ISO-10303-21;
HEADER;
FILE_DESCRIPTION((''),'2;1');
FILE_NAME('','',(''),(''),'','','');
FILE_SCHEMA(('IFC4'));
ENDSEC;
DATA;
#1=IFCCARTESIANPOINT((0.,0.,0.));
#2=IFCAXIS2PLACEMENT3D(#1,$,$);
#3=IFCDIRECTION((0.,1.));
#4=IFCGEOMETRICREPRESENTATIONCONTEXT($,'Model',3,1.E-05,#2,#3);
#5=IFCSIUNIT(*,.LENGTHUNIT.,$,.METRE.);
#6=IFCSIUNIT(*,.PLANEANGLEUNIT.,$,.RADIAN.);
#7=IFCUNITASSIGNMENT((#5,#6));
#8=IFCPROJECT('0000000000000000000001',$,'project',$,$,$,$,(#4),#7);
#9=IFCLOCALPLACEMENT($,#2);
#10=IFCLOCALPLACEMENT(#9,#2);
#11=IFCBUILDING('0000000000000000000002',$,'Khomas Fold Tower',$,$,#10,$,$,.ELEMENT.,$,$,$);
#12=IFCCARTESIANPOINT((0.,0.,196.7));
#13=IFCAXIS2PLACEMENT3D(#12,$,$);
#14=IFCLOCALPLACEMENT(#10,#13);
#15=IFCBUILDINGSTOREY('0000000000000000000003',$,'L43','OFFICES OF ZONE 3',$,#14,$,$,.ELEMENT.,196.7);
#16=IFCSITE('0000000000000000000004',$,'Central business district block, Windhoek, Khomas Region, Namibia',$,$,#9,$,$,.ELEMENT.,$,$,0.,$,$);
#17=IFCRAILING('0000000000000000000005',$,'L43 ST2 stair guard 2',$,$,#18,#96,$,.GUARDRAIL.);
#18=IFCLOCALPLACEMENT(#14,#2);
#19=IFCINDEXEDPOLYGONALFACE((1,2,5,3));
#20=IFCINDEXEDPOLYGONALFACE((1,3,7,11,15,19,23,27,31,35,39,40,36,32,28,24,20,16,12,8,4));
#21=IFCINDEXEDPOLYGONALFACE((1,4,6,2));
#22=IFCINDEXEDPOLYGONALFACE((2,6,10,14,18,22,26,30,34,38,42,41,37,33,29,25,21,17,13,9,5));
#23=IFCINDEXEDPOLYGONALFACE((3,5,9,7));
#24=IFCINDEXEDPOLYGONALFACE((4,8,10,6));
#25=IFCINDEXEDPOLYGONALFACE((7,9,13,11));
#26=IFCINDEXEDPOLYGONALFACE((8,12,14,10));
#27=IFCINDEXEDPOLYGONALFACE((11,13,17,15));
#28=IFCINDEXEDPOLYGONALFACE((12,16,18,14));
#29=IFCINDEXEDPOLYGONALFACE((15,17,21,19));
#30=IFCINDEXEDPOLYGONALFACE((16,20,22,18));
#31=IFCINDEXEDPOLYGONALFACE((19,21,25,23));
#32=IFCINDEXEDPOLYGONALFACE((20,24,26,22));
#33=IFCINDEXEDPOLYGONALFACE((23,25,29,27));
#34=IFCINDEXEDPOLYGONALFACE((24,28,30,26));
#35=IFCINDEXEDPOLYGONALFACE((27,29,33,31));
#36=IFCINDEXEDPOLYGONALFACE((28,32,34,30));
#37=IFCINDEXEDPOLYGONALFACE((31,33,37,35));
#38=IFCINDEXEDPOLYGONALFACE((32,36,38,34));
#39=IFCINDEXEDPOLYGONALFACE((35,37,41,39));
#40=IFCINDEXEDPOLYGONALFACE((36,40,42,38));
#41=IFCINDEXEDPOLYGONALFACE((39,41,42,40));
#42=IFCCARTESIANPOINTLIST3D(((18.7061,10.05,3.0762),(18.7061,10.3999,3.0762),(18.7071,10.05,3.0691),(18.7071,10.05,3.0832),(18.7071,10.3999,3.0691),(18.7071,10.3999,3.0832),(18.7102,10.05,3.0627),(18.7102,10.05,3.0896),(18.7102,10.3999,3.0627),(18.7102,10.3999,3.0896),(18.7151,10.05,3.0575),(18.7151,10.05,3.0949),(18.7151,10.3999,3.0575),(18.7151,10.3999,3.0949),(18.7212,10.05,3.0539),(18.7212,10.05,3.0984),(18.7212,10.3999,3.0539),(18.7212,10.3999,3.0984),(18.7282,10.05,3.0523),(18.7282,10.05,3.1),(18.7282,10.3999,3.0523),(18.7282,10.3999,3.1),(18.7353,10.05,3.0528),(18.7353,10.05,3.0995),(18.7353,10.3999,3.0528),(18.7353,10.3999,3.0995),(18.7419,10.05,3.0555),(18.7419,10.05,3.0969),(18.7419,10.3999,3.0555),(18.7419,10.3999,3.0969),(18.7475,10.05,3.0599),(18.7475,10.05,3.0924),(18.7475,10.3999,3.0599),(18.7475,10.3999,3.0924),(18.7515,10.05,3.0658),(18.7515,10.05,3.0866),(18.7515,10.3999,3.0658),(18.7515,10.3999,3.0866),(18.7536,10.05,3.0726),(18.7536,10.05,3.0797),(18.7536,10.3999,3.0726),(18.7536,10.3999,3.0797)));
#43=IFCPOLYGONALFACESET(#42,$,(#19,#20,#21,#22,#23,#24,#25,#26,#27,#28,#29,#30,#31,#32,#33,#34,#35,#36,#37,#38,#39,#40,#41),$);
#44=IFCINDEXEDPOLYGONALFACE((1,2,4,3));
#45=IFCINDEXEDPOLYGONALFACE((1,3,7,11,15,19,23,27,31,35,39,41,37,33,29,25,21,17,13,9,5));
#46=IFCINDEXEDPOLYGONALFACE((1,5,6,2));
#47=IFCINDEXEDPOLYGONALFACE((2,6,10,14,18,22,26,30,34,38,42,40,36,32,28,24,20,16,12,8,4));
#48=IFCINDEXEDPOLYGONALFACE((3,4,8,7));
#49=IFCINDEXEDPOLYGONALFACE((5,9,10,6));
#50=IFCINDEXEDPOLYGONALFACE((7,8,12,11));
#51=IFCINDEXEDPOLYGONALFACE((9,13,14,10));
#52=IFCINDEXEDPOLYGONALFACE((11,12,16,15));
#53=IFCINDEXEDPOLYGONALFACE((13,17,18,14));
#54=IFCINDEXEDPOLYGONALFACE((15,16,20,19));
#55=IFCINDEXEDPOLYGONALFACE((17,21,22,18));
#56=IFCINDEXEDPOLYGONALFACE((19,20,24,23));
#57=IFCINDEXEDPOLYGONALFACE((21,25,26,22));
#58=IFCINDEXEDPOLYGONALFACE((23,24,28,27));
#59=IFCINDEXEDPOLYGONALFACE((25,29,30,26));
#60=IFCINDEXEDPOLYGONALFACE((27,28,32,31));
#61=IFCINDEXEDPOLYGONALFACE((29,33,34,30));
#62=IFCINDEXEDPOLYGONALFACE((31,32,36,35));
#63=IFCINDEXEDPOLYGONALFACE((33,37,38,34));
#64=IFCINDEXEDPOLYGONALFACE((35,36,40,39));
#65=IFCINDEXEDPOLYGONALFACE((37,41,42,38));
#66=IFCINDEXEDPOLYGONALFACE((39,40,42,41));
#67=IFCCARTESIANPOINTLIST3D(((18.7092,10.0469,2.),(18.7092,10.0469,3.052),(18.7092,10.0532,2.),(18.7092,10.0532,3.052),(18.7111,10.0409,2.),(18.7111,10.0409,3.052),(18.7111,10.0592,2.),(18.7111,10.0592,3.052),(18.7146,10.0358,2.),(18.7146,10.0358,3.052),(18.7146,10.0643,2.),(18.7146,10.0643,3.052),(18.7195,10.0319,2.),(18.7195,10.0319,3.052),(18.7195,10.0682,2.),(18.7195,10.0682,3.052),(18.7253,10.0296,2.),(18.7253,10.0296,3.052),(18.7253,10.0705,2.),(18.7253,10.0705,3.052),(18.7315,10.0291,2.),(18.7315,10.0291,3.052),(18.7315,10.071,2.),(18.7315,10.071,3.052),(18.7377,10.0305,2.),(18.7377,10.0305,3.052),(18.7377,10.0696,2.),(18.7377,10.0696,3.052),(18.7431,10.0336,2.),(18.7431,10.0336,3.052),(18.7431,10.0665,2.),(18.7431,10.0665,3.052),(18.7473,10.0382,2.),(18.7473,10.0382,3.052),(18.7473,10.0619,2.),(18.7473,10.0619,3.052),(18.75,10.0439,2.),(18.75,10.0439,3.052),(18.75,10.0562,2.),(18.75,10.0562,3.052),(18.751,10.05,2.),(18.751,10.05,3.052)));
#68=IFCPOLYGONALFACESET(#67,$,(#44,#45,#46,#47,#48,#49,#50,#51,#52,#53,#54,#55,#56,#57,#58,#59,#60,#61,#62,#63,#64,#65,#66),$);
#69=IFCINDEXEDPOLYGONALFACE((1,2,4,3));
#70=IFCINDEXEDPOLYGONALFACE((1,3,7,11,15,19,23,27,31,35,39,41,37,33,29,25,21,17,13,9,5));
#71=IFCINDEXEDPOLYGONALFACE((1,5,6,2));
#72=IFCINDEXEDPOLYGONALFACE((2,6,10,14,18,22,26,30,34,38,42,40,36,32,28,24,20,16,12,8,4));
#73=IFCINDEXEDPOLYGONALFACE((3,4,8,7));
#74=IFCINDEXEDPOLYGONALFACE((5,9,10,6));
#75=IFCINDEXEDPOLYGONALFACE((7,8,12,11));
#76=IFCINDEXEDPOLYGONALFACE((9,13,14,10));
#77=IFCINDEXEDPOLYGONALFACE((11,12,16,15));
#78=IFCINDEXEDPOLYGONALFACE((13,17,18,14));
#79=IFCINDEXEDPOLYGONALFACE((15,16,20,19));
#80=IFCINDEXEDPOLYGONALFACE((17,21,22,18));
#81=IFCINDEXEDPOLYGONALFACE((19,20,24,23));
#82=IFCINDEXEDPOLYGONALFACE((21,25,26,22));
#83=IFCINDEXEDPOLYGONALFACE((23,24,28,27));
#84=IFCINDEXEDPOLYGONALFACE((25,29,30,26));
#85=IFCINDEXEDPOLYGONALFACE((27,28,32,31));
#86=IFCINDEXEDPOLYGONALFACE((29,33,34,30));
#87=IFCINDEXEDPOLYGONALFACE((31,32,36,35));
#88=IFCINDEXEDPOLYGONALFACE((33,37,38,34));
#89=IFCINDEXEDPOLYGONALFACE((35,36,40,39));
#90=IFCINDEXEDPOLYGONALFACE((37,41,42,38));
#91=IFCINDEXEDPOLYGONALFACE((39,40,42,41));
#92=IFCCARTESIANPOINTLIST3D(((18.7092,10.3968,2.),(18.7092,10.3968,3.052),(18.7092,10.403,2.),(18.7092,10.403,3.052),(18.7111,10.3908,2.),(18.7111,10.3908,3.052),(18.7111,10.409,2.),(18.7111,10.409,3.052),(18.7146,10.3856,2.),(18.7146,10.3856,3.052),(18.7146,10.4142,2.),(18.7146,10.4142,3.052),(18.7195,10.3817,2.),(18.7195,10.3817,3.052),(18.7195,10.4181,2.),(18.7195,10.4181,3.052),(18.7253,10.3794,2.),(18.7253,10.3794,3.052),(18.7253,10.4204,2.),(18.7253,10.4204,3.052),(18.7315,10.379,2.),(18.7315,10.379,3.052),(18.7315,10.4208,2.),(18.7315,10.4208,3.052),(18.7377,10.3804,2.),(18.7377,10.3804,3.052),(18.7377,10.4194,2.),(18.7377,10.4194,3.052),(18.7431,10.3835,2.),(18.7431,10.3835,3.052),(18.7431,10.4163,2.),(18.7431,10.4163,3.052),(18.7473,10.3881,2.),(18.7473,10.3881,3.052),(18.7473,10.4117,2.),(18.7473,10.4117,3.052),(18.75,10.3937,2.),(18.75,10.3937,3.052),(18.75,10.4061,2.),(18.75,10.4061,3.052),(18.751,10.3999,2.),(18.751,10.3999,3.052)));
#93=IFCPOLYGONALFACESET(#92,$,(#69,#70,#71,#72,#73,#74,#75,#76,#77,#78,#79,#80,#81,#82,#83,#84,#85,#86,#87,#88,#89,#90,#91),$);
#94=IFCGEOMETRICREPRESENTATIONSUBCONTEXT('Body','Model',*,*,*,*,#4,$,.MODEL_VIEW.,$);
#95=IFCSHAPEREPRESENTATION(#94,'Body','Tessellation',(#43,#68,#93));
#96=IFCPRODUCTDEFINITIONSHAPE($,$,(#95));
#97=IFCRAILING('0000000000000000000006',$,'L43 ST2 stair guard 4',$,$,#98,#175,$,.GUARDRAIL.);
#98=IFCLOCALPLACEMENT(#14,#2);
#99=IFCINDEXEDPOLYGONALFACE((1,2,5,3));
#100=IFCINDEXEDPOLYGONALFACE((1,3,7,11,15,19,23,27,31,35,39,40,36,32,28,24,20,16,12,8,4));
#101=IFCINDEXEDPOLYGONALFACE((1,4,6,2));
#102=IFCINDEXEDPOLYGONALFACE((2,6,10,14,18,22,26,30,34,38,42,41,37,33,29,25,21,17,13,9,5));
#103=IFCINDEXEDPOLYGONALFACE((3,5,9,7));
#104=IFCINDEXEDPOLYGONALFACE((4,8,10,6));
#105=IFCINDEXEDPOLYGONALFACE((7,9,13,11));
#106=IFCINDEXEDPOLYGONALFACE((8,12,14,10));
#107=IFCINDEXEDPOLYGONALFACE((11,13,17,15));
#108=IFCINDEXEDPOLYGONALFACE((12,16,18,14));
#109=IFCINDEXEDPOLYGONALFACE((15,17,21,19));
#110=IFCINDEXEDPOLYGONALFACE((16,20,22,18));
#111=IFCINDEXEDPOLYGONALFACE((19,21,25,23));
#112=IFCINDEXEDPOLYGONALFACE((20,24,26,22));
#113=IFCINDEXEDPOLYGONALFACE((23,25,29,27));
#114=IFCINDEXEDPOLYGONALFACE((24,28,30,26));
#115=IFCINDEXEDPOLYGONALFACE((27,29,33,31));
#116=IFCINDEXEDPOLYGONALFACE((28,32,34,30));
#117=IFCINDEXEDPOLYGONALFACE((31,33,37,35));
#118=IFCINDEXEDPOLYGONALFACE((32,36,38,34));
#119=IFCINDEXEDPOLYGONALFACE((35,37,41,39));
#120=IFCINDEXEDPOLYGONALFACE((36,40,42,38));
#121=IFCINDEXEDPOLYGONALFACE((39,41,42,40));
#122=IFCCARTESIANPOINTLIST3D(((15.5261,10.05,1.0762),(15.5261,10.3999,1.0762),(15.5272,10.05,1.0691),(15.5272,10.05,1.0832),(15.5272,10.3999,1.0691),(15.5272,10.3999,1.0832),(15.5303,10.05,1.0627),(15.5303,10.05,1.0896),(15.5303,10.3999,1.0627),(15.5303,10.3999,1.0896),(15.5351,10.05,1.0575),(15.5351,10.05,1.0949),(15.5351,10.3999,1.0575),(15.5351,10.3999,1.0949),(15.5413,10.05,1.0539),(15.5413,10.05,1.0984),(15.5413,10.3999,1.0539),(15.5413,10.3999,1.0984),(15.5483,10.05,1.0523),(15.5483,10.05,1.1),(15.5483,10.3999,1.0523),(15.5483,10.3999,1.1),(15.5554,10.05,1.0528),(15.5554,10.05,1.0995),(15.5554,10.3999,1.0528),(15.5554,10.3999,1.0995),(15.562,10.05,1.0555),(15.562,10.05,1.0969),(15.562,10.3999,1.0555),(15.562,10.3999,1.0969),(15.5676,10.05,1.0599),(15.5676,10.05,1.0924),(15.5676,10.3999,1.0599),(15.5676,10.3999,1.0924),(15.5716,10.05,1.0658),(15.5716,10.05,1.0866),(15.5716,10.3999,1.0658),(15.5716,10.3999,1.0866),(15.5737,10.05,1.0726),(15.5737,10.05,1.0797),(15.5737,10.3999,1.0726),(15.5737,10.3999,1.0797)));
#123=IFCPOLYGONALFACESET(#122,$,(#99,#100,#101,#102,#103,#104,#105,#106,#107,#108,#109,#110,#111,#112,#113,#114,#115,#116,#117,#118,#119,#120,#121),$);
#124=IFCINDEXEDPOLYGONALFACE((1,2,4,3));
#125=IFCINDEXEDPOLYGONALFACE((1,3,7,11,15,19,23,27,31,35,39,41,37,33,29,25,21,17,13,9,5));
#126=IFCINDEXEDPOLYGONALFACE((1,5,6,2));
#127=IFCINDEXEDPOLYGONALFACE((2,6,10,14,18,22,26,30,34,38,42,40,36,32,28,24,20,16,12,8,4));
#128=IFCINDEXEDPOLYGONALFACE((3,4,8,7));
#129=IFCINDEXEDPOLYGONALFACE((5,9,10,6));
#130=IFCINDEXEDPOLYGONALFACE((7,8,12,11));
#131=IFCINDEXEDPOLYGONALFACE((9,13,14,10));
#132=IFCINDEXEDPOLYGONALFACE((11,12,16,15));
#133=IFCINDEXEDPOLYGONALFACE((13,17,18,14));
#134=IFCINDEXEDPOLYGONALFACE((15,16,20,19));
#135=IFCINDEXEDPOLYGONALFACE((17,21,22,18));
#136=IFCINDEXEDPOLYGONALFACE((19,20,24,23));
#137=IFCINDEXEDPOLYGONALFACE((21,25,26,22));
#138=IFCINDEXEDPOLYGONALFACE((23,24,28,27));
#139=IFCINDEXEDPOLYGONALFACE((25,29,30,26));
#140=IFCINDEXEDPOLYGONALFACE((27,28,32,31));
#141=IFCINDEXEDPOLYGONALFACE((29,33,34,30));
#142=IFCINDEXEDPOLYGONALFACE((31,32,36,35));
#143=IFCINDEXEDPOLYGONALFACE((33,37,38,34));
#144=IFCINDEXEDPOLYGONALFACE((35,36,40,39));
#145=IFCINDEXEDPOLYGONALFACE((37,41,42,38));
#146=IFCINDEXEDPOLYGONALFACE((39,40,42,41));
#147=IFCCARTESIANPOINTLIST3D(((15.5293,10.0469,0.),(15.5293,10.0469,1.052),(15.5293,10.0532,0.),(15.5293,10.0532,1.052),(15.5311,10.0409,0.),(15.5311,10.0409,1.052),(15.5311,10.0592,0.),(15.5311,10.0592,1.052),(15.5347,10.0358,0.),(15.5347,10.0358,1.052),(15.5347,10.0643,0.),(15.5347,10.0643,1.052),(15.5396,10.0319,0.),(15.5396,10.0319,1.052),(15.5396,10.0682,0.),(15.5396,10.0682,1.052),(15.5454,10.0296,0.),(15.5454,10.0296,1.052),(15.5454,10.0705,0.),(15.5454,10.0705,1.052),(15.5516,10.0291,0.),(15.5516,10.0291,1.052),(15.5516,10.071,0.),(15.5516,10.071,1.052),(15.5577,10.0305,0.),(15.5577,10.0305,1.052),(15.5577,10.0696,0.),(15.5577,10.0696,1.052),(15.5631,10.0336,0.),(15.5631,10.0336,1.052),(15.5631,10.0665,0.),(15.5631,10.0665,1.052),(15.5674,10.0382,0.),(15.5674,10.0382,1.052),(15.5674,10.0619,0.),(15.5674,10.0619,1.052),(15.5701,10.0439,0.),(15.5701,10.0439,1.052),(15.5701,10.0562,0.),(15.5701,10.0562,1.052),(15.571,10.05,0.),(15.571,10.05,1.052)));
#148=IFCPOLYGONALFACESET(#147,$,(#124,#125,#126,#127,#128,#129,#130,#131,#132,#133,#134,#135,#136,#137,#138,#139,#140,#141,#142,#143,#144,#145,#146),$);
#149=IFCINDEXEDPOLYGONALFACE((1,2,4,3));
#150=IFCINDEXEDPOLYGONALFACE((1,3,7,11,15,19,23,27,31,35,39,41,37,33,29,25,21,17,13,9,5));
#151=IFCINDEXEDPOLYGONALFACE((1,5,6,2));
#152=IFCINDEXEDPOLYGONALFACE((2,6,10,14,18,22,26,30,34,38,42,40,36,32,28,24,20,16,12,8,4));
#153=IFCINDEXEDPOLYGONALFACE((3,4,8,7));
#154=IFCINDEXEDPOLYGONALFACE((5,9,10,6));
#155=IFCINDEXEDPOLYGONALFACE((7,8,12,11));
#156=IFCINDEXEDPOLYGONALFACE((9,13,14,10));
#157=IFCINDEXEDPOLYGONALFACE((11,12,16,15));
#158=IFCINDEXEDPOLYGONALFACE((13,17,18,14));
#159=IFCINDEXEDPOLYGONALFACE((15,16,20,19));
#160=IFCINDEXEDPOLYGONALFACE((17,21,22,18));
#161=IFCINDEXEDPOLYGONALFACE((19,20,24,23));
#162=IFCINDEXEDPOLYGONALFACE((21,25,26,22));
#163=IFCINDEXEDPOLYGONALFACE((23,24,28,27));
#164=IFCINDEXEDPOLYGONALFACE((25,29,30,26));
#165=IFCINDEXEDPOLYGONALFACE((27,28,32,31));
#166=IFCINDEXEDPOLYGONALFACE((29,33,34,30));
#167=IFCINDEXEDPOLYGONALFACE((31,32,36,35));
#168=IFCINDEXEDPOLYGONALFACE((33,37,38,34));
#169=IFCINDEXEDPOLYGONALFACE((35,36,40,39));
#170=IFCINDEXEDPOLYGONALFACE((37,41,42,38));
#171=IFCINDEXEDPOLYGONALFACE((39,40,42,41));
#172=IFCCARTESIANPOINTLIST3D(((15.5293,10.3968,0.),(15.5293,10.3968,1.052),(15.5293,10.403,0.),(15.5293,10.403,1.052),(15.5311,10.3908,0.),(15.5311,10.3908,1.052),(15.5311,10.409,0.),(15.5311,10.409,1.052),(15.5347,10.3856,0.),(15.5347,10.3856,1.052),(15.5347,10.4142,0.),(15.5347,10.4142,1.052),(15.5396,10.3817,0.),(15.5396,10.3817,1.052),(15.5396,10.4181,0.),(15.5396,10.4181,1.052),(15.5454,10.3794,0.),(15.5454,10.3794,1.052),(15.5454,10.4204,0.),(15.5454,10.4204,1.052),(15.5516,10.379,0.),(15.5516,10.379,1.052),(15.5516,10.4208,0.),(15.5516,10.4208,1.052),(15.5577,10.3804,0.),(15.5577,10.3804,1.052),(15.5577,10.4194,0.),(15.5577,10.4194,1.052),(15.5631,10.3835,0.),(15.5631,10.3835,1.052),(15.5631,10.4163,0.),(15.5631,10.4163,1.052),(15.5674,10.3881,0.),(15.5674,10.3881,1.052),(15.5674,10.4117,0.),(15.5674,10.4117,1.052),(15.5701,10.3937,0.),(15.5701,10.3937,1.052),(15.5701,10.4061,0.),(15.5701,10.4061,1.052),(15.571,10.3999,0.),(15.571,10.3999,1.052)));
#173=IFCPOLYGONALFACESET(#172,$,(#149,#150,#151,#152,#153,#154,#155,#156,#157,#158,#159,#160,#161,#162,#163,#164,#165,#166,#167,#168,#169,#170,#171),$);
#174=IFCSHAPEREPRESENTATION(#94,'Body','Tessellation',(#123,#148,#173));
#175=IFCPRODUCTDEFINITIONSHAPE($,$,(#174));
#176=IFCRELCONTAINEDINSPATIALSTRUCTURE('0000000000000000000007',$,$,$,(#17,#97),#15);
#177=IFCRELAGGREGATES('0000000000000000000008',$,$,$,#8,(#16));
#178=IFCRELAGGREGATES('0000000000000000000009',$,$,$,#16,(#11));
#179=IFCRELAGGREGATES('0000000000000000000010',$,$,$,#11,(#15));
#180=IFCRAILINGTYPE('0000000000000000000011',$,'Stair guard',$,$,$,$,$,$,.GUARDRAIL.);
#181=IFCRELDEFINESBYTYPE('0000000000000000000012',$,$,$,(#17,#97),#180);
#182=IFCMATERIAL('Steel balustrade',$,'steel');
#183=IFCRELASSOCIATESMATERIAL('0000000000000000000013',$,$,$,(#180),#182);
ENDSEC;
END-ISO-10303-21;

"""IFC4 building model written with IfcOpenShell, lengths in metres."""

from ifc_helpers import new_model, si_unit, direction, frame, origin, origin_2d, place, context, subcontext, project, spatial, circle, extrude, source, transform, mapped, material, type_object, element, save


model = new_model("IFC4")

# Units and contexts
model_context = context("Model", 3, precision=1e-05, world=origin(), true_north=direction((0.0, 1.0)))
body_context = subcontext(model_context, "Body", "Model", "MODEL_VIEW")
ifc_project = project(units=[si_unit("LENGTHUNIT", "METRE"), si_unit("PLANEANGLEUNIT", "RADIAN")], contexts=[model_context])

# Site, building, storey
site_placement = place(None, origin())
site = spatial("IfcSite", under=ifc_project, at=site_placement, Name="Central business district block, Windhoek, Khomas Region, Namibia", CompositionType="ELEMENT", RefElevation=0.0)
building_placement = place(site_placement, origin())
building = spatial("IfcBuilding", under=site, at=building_placement, Name="Khomas Fold Tower", CompositionType="ELEMENT")
storey_placement = place(building_placement, frame((0.0, 0.0, 196.7)))
storey = spatial("IfcBuildingStorey", under=building, at=storey_placement, Name="L43", Description="OFFICES OF ZONE 3", CompositionType="ELEMENT", Elevation=196.7)

# Railings
ifc_material_1 = material(Name="Steel balustrade", Category="steel")
railing_type_1 = type_object("IfcRailingType", Name="Stair guard", PredefinedType="GUARDRAIL", material=ifc_material_1)
shared_shape_1 = source(origin(), body_context, "Body", "SweptSolid", [
    extrude(circle(Radius=0.0239, at=origin_2d()), frame((0.0, 0.0, 1.0762), z_axis=(0.0, 1.0, 0.0), x_axis=(-1.0, 0.0, 0.0)), (0.0, 0.0, 1.0), 0.3499),
    extrude(circle(Radius=0.021, at=origin_2d()), origin(), (0.0, 0.0, 1.0), 1.052),
    extrude(circle(Radius=0.021, at=origin_2d()), frame((0.0, 0.3499, 0.0)), (0.0, 0.0, 1.0), 1.052),
])
for number, where, name in (
    (1, (18.73, 10.05, 2.0), "L43 ST2 stair guard 2"),
    (2, (15.55, 10.05, 0.0), "L43 ST2 stair guard 4"),
):
    element("IfcRailing", number, at=place(storey_placement, frame(where)), inside=storey, type_object=railing_type_1, Name=name, PredefinedType="GUARDRAIL", context=body_context, shape_type="MappedRepresentation", body=[
        mapped(shared_shape_1, transform((0.0, 0.0, 0.0))),
    ])

save(model, "model.ifc")
